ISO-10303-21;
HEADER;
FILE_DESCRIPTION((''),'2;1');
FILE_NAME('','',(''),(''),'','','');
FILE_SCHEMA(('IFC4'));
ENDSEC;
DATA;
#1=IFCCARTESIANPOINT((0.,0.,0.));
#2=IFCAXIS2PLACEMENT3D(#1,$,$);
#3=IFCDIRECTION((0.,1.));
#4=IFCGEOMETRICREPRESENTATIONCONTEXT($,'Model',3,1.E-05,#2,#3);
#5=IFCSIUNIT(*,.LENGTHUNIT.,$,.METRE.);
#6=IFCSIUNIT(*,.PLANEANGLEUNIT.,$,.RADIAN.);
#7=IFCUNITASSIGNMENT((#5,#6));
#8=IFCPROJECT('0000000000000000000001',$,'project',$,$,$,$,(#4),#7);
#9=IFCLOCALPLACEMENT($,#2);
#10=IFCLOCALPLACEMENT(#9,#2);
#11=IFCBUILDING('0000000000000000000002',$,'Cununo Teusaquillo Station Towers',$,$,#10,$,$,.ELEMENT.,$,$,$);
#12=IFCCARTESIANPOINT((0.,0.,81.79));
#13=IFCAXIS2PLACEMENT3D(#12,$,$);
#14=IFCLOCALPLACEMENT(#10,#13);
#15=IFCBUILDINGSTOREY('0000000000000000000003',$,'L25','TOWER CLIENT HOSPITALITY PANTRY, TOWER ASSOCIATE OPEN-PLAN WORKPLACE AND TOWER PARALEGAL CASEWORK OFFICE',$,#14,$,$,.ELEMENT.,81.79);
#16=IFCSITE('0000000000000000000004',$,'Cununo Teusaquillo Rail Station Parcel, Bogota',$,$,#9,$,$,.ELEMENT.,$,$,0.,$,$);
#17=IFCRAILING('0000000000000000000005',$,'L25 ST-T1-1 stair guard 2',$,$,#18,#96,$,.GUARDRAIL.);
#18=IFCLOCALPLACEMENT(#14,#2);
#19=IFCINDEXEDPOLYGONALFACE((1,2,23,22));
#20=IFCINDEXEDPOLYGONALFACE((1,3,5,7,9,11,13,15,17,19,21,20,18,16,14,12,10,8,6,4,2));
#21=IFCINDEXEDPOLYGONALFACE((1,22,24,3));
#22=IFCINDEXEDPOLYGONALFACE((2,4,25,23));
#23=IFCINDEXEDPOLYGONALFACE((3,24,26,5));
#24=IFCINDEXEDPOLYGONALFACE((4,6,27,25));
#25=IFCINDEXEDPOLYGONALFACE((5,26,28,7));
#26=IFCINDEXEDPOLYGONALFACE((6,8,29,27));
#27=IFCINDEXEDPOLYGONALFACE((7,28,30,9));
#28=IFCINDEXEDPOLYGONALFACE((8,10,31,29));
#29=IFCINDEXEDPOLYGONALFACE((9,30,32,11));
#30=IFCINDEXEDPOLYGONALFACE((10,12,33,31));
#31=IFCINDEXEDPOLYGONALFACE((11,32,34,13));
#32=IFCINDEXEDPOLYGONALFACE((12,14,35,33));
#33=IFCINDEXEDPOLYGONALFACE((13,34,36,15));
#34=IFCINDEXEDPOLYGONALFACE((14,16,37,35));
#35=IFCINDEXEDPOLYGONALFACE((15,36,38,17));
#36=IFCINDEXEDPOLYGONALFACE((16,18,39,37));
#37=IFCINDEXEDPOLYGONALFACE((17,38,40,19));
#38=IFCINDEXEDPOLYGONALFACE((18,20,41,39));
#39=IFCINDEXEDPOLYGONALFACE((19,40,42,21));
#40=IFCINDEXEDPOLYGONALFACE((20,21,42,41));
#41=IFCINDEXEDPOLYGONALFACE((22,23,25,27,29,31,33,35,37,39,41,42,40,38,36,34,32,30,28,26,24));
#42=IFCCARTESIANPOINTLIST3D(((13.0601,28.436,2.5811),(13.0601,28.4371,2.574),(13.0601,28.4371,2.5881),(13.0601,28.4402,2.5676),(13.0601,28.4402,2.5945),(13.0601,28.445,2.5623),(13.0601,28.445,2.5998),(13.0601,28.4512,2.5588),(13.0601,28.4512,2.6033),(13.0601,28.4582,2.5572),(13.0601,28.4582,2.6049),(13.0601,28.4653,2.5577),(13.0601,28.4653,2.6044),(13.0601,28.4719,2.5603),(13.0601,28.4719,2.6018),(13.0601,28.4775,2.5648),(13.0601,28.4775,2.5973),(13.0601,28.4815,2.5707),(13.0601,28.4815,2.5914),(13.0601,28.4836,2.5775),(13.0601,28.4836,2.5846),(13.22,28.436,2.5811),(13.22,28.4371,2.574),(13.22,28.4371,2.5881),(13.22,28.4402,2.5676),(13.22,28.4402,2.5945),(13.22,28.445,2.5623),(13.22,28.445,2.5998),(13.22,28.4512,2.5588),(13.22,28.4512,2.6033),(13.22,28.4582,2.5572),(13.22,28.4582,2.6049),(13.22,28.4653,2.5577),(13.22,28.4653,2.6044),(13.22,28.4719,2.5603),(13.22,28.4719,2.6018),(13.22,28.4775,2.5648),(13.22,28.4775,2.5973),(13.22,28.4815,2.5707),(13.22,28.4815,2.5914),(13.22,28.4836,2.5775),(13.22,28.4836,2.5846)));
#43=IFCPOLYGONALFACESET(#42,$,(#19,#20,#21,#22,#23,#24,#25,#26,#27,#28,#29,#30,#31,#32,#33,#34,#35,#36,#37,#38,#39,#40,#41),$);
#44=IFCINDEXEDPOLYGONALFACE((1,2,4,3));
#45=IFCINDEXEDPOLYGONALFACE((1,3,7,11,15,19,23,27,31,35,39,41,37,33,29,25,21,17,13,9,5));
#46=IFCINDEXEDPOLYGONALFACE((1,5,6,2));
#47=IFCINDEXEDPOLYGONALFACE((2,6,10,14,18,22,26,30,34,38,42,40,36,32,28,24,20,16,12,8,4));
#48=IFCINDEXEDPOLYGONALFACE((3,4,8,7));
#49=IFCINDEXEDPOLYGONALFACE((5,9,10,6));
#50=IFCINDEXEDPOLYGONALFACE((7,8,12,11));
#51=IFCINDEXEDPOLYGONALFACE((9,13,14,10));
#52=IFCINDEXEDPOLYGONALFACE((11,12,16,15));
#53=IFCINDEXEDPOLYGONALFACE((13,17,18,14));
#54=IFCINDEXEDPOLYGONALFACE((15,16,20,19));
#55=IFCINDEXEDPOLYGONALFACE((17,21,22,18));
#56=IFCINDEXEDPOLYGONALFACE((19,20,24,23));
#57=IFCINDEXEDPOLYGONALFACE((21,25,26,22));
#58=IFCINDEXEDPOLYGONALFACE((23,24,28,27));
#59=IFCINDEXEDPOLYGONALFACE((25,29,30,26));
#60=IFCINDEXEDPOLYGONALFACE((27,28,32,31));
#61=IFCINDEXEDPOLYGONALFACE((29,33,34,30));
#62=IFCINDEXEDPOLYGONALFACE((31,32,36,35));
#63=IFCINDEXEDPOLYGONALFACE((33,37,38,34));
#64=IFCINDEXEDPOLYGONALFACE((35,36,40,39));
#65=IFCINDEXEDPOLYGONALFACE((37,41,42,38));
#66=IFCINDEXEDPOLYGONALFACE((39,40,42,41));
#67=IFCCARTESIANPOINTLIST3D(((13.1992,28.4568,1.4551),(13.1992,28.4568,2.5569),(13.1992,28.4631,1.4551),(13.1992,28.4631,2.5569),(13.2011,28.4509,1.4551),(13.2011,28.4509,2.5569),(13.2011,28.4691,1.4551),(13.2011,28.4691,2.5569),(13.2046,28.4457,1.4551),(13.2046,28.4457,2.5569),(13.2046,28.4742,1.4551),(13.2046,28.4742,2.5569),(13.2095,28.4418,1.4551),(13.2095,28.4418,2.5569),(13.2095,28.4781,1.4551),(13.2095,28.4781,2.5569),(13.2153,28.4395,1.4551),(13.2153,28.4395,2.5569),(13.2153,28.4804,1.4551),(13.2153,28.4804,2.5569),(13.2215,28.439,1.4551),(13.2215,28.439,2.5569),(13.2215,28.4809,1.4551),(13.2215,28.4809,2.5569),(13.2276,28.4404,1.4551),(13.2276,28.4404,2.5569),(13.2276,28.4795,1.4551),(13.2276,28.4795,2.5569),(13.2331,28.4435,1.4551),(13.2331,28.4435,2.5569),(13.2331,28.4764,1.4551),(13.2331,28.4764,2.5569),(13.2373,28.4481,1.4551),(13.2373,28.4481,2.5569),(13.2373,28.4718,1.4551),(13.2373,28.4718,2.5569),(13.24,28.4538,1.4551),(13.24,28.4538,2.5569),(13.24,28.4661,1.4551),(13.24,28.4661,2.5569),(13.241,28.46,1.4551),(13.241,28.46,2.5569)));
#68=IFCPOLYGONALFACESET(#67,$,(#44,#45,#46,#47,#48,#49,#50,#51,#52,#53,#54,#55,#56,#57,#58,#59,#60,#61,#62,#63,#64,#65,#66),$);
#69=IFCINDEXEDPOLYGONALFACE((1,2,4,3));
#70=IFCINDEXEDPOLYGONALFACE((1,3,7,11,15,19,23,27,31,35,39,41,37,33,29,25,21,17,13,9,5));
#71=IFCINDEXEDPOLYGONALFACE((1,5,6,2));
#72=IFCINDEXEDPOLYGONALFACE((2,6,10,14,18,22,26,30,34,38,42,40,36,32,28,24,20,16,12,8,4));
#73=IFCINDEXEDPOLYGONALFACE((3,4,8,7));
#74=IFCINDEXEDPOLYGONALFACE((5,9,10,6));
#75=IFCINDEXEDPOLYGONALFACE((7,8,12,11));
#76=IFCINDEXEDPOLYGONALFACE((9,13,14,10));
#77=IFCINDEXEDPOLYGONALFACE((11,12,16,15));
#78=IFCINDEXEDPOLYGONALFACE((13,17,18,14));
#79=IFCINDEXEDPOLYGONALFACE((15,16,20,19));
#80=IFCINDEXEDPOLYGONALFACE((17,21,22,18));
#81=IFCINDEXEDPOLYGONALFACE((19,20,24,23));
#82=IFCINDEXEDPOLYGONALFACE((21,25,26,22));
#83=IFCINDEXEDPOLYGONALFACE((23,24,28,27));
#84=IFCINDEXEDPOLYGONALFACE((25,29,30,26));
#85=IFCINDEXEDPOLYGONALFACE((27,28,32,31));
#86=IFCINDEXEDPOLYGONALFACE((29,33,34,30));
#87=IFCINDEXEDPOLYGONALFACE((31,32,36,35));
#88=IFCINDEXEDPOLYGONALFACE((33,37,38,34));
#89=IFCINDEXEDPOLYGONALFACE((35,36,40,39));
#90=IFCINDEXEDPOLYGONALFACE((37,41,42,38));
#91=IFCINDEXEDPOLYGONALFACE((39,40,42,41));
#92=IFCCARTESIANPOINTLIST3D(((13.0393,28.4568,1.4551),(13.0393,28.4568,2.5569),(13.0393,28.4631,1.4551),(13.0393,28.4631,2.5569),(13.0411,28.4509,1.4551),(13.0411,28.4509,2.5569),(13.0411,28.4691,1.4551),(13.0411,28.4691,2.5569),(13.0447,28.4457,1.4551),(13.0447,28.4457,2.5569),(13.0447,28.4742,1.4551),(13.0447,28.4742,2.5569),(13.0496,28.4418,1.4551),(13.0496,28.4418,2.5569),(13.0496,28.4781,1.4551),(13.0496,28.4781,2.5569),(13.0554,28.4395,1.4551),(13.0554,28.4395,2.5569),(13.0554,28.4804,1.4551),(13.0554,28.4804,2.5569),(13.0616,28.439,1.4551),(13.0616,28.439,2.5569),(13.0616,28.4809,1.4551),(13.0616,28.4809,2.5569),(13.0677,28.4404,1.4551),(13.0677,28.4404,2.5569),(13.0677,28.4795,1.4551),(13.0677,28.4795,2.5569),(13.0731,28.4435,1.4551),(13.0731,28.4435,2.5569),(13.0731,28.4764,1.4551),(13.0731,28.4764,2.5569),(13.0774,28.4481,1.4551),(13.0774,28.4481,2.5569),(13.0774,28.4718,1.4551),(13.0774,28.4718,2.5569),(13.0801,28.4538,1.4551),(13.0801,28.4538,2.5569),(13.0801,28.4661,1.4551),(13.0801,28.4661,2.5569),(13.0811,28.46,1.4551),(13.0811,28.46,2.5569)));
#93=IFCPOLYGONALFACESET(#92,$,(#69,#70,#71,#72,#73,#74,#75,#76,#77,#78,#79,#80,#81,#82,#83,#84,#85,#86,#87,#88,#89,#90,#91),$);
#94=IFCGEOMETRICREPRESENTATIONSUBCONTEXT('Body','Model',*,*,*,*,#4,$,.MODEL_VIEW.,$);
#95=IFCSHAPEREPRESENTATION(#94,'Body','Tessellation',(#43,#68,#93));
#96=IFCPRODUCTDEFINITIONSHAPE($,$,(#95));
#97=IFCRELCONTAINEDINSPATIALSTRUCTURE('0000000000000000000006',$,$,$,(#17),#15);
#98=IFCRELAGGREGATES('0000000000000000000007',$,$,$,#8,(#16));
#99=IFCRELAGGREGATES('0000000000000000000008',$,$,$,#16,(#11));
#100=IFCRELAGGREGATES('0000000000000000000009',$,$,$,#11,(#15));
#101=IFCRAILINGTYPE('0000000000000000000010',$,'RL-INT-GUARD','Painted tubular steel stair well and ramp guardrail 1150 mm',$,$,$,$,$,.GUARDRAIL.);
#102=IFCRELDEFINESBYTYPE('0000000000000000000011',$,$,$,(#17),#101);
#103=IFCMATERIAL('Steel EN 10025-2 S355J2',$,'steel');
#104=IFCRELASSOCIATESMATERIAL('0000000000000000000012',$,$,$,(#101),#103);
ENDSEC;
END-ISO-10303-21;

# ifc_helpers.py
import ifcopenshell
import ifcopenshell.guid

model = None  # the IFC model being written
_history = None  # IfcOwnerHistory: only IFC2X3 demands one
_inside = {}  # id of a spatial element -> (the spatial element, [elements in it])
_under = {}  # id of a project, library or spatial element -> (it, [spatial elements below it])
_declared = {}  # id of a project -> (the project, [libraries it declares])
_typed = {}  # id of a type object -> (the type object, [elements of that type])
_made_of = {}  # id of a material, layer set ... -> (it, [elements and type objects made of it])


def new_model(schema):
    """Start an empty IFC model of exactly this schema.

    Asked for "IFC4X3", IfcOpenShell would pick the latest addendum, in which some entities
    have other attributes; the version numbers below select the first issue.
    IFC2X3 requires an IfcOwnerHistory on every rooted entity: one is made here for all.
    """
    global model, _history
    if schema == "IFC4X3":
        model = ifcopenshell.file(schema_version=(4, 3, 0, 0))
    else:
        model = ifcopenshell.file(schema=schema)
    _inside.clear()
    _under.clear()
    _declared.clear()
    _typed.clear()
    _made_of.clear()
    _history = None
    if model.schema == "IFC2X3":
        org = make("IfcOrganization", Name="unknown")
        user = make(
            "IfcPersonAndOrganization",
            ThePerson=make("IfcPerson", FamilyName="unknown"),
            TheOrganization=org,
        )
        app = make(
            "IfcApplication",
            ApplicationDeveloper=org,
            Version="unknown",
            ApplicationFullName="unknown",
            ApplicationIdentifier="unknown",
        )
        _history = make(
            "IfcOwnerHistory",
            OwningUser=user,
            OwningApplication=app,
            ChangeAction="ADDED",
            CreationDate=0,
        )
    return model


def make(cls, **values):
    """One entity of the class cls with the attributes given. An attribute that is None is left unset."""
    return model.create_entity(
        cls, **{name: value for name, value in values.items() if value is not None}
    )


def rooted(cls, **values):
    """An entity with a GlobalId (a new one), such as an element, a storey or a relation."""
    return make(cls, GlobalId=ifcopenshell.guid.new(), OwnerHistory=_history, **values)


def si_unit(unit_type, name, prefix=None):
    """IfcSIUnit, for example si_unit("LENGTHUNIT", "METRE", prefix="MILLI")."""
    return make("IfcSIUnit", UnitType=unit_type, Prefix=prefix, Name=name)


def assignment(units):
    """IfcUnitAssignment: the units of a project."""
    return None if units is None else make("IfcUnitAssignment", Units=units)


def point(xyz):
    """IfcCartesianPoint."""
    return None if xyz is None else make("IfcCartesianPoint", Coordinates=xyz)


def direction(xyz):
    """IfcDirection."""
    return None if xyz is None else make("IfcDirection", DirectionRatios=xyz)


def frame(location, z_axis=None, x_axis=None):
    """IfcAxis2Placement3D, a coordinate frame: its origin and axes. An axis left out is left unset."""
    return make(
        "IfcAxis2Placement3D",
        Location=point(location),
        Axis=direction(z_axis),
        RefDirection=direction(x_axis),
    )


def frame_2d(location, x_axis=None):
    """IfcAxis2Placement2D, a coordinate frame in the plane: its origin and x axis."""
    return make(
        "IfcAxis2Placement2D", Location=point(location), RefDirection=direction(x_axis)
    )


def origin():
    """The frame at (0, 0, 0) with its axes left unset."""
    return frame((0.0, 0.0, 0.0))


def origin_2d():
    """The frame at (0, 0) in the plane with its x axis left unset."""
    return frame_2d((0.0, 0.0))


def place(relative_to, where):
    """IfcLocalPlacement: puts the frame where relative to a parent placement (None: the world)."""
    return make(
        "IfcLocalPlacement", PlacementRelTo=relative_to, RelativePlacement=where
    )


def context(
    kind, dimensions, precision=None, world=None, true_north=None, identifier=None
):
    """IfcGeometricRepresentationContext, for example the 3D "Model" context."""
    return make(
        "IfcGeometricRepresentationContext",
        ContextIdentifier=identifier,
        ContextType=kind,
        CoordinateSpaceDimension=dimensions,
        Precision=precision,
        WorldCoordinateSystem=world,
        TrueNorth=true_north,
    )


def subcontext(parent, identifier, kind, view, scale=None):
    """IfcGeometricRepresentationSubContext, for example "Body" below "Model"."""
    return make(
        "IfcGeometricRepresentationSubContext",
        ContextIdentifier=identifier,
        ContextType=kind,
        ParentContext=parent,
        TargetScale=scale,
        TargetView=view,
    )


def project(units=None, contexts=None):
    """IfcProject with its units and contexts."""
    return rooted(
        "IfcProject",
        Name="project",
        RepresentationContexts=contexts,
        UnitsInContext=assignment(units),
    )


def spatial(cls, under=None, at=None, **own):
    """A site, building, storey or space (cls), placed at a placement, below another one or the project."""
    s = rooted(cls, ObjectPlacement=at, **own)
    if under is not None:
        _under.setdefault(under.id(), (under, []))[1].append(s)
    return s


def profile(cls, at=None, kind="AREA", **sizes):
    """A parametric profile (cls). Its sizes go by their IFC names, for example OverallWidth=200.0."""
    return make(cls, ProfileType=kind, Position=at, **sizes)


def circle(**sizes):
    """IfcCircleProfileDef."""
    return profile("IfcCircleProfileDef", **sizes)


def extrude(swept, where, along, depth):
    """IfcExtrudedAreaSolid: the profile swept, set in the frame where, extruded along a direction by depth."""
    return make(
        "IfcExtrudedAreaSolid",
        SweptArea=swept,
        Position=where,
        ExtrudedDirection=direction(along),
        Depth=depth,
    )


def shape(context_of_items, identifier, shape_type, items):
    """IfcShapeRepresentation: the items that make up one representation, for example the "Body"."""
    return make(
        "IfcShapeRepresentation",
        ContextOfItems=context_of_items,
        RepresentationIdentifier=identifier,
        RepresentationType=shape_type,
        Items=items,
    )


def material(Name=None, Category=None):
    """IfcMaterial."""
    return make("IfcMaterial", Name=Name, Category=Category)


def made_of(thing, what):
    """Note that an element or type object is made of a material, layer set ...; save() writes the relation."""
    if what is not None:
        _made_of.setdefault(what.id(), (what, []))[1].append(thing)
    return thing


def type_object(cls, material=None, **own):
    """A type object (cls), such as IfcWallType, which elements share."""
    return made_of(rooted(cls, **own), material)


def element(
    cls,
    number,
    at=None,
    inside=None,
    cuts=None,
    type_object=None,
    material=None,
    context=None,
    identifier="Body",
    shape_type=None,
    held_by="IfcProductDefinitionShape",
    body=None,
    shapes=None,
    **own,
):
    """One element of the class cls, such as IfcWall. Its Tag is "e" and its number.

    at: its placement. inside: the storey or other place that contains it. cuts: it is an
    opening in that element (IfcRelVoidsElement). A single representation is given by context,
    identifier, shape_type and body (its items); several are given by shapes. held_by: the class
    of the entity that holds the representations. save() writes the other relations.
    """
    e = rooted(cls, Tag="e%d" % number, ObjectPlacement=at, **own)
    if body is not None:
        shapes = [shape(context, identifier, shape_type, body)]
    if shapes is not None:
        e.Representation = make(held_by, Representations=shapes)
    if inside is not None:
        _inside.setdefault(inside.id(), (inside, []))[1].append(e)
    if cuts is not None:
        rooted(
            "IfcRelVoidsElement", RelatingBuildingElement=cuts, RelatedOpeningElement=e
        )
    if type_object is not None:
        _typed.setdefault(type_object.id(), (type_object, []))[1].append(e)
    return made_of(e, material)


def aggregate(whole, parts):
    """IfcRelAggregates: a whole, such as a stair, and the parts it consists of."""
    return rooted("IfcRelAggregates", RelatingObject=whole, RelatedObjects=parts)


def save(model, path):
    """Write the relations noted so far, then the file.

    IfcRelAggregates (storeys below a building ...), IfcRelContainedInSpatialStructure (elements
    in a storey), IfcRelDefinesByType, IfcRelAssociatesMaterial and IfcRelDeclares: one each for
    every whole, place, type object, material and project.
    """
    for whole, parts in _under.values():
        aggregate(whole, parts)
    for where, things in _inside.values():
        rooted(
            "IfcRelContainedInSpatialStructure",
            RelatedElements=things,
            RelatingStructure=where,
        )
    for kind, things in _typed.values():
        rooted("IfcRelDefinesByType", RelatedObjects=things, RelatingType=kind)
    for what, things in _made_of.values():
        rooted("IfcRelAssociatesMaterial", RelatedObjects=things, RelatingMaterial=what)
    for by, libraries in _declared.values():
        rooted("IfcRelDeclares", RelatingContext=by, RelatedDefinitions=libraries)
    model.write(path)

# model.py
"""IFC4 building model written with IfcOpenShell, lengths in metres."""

from ifc_helpers import new_model, si_unit, direction, frame, origin, origin_2d, place, context, subcontext, project, spatial, circle, extrude, material, type_object, element, save


model = new_model("IFC4")

# Units and contexts
model_context = context("Model", 3, precision=1e-05, world=origin(), true_north=direction((0.0, 1.0)))
body_context = subcontext(model_context, "Body", "Model", "MODEL_VIEW")
ifc_project = project(units=[si_unit("LENGTHUNIT", "METRE"), si_unit("PLANEANGLEUNIT", "RADIAN")], contexts=[model_context])

# Site, building, storey
site_placement = place(None, origin())
site = spatial("IfcSite", under=ifc_project, at=site_placement, Name="Cununo Teusaquillo Rail Station Parcel, Bogota", CompositionType="ELEMENT", RefElevation=0.0)
building_placement = place(site_placement, origin())
building = spatial("IfcBuilding", under=site, at=building_placement, Name="Cununo Teusaquillo Station Towers", CompositionType="ELEMENT")
storey_placement = place(building_placement, frame((0.0, 0.0, 81.79)))
storey = spatial("IfcBuildingStorey", under=building, at=storey_placement, Name="L25", Description="TOWER CLIENT HOSPITALITY PANTRY, TOWER ASSOCIATE OPEN-PLAN WORKPLACE AND TOWER PARALEGAL CASEWORK OFFICE", CompositionType="ELEMENT", Elevation=81.79)

# Railing
ifc_material_1 = material(Name="Steel EN 10025-2 S355J2", Category="steel")
railing_type_1 = type_object("IfcRailingType", Name="RL-INT-GUARD", Description="Painted tubular steel stair well and ramp guardrail 1150 mm", PredefinedType="GUARDRAIL", material=ifc_material_1)
railing_1_placement = place(storey_placement, frame((13.22, 28.46, 1.4551)))
element("IfcRailing", 1, at=railing_1_placement, inside=storey, type_object=railing_type_1, Name="L25 ST-T1-1 stair guard 2", PredefinedType="GUARDRAIL", context=body_context, shape_type="SweptSolid", body=[
    extrude(circle(Radius=0.0239, at=origin_2d()), frame((0.0, 0.0, 1.126), z_axis=(-1.0, 0.0, 0.0), x_axis=(0.0, -1.0, 0.0)), (0.0, 0.0, 1.0), 0.1599),
    extrude(circle(Radius=0.021, at=origin_2d()), origin(), (0.0, 0.0, 1.0), 1.1018),
    extrude(circle(Radius=0.021, at=origin_2d()), frame((-0.1599, 0.0, 0.0)), (0.0, 0.0, 1.0), 1.1018),
])

save(model, "model.ifc")
